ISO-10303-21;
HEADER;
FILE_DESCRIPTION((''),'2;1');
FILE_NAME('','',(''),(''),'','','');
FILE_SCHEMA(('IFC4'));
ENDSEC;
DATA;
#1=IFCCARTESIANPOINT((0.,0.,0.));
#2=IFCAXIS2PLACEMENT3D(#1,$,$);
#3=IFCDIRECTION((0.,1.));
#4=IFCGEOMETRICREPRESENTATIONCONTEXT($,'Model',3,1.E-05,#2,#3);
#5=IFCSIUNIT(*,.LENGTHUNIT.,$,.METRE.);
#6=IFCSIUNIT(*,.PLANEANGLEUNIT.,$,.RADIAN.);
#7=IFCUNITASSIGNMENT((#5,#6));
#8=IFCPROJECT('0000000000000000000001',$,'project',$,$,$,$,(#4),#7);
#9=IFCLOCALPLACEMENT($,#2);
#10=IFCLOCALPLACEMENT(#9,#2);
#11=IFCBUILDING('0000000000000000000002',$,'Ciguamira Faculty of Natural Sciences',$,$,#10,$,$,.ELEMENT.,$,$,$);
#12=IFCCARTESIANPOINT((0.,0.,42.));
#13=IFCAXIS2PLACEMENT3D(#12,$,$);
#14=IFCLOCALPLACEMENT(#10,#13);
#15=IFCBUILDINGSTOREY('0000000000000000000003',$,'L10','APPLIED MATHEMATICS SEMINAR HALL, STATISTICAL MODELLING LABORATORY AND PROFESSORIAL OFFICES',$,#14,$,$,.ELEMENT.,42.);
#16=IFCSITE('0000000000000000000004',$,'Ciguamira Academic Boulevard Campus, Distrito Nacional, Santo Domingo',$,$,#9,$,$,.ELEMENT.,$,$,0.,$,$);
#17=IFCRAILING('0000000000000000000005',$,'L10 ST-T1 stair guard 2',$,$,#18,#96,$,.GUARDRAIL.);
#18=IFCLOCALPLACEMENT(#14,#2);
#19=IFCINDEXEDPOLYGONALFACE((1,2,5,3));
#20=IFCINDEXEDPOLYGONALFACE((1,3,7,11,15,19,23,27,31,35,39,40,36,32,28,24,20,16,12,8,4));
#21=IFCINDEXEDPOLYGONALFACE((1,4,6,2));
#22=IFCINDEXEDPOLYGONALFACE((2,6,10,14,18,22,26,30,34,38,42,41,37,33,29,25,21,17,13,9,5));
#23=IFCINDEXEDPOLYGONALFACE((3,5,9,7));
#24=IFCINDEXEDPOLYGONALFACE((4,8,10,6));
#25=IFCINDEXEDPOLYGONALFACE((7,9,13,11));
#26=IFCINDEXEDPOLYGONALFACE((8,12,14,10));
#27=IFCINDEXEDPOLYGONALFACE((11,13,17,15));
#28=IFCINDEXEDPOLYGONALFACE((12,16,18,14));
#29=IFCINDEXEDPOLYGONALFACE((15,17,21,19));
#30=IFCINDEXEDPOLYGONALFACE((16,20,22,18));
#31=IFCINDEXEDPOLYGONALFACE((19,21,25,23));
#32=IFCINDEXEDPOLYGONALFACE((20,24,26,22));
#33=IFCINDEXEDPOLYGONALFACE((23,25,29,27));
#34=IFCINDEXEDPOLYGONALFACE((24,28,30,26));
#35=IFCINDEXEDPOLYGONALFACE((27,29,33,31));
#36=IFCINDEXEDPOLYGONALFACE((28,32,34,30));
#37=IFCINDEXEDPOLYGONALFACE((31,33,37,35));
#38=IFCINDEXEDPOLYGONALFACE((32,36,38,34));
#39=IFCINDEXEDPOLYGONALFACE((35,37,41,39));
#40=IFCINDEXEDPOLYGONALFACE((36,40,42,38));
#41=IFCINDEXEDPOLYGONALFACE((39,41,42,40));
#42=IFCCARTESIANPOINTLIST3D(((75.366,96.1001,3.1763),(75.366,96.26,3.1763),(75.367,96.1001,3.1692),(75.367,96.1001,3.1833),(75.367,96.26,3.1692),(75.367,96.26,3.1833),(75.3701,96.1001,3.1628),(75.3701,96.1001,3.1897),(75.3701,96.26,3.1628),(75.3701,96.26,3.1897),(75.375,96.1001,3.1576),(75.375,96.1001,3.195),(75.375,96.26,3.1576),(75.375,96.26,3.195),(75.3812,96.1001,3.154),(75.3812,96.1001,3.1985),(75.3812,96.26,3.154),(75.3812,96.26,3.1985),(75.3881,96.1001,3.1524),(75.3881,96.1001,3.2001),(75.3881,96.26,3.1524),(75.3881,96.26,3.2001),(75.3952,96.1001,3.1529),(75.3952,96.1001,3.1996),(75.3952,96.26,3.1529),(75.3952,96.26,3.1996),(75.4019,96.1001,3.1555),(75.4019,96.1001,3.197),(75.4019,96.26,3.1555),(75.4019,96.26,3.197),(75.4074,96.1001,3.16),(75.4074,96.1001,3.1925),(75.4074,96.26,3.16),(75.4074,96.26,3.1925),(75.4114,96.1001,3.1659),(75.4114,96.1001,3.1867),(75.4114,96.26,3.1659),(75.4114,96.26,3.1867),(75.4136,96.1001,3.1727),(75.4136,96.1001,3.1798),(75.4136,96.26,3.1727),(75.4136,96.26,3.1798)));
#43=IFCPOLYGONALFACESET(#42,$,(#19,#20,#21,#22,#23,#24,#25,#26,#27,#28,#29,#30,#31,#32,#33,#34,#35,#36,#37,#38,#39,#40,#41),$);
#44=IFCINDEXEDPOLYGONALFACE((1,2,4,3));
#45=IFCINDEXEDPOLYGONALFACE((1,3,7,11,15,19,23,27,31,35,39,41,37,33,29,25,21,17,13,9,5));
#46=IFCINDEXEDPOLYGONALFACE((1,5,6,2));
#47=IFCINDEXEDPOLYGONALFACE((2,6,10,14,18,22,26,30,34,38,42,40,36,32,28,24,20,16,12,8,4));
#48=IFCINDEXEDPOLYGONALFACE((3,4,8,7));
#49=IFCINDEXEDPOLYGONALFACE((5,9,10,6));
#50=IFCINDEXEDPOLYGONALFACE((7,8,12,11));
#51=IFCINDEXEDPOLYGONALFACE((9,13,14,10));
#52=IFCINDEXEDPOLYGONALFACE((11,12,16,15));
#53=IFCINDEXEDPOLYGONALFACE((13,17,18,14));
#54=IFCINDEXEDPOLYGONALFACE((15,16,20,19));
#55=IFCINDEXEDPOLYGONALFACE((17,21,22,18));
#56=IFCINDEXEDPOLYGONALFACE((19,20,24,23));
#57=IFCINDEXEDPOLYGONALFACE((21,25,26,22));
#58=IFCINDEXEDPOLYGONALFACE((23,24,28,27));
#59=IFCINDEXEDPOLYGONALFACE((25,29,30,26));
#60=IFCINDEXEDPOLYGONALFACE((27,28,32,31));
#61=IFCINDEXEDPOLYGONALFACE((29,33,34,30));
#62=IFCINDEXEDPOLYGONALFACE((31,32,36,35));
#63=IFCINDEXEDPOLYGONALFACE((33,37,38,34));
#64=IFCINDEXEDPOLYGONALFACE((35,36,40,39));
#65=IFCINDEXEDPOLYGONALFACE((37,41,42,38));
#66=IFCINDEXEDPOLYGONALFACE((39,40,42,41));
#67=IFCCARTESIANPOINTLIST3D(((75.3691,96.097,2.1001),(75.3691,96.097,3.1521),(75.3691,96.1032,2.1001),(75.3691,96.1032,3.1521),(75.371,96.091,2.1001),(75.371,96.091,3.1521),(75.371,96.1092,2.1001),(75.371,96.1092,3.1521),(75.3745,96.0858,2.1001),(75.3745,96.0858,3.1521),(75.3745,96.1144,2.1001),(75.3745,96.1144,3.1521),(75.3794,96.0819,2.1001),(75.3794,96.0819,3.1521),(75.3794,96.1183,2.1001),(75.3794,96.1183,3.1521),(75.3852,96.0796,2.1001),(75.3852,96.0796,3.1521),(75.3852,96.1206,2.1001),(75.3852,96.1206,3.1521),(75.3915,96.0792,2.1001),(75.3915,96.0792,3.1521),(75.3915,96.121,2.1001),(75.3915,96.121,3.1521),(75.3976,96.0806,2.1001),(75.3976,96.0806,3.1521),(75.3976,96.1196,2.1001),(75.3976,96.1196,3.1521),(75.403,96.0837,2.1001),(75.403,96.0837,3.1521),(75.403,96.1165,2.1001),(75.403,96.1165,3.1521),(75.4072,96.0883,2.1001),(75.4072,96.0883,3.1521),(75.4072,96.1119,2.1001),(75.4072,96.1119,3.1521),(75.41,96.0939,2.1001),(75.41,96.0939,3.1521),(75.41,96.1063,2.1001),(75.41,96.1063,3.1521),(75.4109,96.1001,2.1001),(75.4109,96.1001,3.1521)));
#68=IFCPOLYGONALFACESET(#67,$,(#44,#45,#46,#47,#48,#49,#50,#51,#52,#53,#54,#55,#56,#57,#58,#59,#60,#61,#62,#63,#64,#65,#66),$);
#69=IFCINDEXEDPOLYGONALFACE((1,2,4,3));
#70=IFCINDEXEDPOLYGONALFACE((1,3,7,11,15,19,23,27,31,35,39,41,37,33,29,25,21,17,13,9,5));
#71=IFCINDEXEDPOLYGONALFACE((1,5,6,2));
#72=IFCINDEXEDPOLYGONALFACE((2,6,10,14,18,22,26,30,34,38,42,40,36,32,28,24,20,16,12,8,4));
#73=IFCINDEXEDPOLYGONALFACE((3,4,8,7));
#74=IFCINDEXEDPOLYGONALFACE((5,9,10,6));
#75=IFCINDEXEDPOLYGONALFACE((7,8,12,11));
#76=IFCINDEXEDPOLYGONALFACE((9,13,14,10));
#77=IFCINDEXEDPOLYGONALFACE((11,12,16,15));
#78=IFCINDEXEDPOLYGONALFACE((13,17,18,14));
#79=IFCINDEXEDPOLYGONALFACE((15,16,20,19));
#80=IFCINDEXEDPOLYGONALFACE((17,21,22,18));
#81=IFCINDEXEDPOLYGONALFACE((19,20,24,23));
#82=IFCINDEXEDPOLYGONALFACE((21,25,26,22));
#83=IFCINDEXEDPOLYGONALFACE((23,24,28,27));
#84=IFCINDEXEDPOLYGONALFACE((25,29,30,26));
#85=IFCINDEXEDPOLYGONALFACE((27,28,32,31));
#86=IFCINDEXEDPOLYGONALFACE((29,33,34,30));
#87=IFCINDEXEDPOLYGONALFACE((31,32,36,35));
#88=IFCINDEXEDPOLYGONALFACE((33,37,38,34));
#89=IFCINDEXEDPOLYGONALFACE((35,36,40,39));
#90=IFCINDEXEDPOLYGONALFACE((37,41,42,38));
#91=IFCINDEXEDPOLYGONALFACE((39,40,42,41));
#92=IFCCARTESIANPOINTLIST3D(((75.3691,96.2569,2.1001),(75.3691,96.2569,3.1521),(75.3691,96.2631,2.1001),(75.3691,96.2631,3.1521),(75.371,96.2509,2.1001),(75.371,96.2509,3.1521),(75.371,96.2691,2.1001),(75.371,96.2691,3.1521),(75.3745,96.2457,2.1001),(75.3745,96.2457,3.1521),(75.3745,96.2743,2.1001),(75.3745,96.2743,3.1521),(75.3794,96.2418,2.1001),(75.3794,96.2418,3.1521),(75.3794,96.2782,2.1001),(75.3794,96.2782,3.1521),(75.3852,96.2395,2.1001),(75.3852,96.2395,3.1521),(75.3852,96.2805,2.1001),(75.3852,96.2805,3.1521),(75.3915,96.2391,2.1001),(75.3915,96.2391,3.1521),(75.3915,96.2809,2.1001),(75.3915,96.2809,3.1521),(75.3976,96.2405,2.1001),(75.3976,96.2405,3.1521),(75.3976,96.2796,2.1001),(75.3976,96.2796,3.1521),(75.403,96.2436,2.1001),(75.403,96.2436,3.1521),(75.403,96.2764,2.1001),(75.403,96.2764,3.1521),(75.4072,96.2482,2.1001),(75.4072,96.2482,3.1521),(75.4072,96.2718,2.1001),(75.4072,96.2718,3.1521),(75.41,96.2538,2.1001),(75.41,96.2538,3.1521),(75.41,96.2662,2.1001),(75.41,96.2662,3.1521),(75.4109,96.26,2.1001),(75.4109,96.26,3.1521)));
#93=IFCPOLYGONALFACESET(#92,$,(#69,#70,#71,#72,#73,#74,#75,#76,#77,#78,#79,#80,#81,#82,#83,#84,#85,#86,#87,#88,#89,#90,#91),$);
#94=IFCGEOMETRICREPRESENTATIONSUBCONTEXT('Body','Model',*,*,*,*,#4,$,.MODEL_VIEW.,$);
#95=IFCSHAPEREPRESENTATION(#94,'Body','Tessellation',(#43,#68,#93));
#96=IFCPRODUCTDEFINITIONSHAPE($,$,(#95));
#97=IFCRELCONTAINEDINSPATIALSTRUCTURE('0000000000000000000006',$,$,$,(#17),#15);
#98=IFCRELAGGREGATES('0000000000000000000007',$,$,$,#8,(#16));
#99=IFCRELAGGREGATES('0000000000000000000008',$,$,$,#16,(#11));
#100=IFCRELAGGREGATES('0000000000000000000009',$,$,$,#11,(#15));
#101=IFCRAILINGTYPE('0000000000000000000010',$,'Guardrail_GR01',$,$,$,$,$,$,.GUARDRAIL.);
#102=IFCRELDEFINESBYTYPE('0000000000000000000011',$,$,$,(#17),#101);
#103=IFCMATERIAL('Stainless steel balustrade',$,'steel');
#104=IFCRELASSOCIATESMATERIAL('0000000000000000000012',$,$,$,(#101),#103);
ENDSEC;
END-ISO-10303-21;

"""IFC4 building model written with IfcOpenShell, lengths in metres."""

from ifc_helpers import new_model, si_unit, direction, frame, origin, origin_2d, place, context, subcontext, project, spatial, circle, extrude, material, type_object, element, save


model = new_model("IFC4")

# Units and contexts
model_context = context("Model", 3, precision=1e-05, world=origin(), true_north=direction((0.0, 1.0)))
body_context = subcontext(model_context, "Body", "Model", "MODEL_VIEW")
ifc_project = project(units=[si_unit("LENGTHUNIT", "METRE"), si_unit("PLANEANGLEUNIT", "RADIAN")], contexts=[model_context])

# Site, building, storey
site_placement = place(None, origin())
site = spatial("IfcSite", under=ifc_project, at=site_placement, Name="Ciguamira Academic Boulevard Campus, Distrito Nacional, Santo Domingo", CompositionType="ELEMENT", RefElevation=0.0)
building_placement = place(site_placement, origin())
building = spatial("IfcBuilding", under=site, at=building_placement, Name="Ciguamira Faculty of Natural Sciences", CompositionType="ELEMENT")
storey_placement = place(building_placement, frame((0.0, 0.0, 42.0)))
storey = spatial("IfcBuildingStorey", under=building, at=storey_placement, Name="L10", Description="APPLIED MATHEMATICS SEMINAR HALL, STATISTICAL MODELLING LABORATORY AND PROFESSORIAL OFFICES", CompositionType="ELEMENT", Elevation=42.0)

# Railing
ifc_material_1 = material(Name="Stainless steel balustrade", Category="steel")
railing_type_1 = type_object("IfcRailingType", Name="Guardrail_GR01", PredefinedType="GUARDRAIL", material=ifc_material_1)
railing_1_placement = place(storey_placement, frame((75.3899, 96.1001, 2.1001)))
element("IfcRailing", 1, at=railing_1_placement, inside=storey, type_object=railing_type_1, Name="L10 ST-T1 stair guard 2", PredefinedType="GUARDRAIL", context=body_context, shape_type="SweptSolid", body=[
    extrude(circle(Radius=0.0239, at=origin_2d()), frame((0.0, 0.0, 1.0762), z_axis=(0.0, 1.0, 0.0), x_axis=(-1.0, 0.0, 0.0)), (0.0, 0.0, 1.0), 0.1599),
    extrude(circle(Radius=0.021, at=origin_2d()), origin(), (0.0, 0.0, 1.0), 1.052),
    extrude(circle(Radius=0.021, at=origin_2d()), frame((0.0, 0.1599, 0.0)), (0.0, 0.0, 1.0), 1.052),
])

save(model, "model.ifc")
